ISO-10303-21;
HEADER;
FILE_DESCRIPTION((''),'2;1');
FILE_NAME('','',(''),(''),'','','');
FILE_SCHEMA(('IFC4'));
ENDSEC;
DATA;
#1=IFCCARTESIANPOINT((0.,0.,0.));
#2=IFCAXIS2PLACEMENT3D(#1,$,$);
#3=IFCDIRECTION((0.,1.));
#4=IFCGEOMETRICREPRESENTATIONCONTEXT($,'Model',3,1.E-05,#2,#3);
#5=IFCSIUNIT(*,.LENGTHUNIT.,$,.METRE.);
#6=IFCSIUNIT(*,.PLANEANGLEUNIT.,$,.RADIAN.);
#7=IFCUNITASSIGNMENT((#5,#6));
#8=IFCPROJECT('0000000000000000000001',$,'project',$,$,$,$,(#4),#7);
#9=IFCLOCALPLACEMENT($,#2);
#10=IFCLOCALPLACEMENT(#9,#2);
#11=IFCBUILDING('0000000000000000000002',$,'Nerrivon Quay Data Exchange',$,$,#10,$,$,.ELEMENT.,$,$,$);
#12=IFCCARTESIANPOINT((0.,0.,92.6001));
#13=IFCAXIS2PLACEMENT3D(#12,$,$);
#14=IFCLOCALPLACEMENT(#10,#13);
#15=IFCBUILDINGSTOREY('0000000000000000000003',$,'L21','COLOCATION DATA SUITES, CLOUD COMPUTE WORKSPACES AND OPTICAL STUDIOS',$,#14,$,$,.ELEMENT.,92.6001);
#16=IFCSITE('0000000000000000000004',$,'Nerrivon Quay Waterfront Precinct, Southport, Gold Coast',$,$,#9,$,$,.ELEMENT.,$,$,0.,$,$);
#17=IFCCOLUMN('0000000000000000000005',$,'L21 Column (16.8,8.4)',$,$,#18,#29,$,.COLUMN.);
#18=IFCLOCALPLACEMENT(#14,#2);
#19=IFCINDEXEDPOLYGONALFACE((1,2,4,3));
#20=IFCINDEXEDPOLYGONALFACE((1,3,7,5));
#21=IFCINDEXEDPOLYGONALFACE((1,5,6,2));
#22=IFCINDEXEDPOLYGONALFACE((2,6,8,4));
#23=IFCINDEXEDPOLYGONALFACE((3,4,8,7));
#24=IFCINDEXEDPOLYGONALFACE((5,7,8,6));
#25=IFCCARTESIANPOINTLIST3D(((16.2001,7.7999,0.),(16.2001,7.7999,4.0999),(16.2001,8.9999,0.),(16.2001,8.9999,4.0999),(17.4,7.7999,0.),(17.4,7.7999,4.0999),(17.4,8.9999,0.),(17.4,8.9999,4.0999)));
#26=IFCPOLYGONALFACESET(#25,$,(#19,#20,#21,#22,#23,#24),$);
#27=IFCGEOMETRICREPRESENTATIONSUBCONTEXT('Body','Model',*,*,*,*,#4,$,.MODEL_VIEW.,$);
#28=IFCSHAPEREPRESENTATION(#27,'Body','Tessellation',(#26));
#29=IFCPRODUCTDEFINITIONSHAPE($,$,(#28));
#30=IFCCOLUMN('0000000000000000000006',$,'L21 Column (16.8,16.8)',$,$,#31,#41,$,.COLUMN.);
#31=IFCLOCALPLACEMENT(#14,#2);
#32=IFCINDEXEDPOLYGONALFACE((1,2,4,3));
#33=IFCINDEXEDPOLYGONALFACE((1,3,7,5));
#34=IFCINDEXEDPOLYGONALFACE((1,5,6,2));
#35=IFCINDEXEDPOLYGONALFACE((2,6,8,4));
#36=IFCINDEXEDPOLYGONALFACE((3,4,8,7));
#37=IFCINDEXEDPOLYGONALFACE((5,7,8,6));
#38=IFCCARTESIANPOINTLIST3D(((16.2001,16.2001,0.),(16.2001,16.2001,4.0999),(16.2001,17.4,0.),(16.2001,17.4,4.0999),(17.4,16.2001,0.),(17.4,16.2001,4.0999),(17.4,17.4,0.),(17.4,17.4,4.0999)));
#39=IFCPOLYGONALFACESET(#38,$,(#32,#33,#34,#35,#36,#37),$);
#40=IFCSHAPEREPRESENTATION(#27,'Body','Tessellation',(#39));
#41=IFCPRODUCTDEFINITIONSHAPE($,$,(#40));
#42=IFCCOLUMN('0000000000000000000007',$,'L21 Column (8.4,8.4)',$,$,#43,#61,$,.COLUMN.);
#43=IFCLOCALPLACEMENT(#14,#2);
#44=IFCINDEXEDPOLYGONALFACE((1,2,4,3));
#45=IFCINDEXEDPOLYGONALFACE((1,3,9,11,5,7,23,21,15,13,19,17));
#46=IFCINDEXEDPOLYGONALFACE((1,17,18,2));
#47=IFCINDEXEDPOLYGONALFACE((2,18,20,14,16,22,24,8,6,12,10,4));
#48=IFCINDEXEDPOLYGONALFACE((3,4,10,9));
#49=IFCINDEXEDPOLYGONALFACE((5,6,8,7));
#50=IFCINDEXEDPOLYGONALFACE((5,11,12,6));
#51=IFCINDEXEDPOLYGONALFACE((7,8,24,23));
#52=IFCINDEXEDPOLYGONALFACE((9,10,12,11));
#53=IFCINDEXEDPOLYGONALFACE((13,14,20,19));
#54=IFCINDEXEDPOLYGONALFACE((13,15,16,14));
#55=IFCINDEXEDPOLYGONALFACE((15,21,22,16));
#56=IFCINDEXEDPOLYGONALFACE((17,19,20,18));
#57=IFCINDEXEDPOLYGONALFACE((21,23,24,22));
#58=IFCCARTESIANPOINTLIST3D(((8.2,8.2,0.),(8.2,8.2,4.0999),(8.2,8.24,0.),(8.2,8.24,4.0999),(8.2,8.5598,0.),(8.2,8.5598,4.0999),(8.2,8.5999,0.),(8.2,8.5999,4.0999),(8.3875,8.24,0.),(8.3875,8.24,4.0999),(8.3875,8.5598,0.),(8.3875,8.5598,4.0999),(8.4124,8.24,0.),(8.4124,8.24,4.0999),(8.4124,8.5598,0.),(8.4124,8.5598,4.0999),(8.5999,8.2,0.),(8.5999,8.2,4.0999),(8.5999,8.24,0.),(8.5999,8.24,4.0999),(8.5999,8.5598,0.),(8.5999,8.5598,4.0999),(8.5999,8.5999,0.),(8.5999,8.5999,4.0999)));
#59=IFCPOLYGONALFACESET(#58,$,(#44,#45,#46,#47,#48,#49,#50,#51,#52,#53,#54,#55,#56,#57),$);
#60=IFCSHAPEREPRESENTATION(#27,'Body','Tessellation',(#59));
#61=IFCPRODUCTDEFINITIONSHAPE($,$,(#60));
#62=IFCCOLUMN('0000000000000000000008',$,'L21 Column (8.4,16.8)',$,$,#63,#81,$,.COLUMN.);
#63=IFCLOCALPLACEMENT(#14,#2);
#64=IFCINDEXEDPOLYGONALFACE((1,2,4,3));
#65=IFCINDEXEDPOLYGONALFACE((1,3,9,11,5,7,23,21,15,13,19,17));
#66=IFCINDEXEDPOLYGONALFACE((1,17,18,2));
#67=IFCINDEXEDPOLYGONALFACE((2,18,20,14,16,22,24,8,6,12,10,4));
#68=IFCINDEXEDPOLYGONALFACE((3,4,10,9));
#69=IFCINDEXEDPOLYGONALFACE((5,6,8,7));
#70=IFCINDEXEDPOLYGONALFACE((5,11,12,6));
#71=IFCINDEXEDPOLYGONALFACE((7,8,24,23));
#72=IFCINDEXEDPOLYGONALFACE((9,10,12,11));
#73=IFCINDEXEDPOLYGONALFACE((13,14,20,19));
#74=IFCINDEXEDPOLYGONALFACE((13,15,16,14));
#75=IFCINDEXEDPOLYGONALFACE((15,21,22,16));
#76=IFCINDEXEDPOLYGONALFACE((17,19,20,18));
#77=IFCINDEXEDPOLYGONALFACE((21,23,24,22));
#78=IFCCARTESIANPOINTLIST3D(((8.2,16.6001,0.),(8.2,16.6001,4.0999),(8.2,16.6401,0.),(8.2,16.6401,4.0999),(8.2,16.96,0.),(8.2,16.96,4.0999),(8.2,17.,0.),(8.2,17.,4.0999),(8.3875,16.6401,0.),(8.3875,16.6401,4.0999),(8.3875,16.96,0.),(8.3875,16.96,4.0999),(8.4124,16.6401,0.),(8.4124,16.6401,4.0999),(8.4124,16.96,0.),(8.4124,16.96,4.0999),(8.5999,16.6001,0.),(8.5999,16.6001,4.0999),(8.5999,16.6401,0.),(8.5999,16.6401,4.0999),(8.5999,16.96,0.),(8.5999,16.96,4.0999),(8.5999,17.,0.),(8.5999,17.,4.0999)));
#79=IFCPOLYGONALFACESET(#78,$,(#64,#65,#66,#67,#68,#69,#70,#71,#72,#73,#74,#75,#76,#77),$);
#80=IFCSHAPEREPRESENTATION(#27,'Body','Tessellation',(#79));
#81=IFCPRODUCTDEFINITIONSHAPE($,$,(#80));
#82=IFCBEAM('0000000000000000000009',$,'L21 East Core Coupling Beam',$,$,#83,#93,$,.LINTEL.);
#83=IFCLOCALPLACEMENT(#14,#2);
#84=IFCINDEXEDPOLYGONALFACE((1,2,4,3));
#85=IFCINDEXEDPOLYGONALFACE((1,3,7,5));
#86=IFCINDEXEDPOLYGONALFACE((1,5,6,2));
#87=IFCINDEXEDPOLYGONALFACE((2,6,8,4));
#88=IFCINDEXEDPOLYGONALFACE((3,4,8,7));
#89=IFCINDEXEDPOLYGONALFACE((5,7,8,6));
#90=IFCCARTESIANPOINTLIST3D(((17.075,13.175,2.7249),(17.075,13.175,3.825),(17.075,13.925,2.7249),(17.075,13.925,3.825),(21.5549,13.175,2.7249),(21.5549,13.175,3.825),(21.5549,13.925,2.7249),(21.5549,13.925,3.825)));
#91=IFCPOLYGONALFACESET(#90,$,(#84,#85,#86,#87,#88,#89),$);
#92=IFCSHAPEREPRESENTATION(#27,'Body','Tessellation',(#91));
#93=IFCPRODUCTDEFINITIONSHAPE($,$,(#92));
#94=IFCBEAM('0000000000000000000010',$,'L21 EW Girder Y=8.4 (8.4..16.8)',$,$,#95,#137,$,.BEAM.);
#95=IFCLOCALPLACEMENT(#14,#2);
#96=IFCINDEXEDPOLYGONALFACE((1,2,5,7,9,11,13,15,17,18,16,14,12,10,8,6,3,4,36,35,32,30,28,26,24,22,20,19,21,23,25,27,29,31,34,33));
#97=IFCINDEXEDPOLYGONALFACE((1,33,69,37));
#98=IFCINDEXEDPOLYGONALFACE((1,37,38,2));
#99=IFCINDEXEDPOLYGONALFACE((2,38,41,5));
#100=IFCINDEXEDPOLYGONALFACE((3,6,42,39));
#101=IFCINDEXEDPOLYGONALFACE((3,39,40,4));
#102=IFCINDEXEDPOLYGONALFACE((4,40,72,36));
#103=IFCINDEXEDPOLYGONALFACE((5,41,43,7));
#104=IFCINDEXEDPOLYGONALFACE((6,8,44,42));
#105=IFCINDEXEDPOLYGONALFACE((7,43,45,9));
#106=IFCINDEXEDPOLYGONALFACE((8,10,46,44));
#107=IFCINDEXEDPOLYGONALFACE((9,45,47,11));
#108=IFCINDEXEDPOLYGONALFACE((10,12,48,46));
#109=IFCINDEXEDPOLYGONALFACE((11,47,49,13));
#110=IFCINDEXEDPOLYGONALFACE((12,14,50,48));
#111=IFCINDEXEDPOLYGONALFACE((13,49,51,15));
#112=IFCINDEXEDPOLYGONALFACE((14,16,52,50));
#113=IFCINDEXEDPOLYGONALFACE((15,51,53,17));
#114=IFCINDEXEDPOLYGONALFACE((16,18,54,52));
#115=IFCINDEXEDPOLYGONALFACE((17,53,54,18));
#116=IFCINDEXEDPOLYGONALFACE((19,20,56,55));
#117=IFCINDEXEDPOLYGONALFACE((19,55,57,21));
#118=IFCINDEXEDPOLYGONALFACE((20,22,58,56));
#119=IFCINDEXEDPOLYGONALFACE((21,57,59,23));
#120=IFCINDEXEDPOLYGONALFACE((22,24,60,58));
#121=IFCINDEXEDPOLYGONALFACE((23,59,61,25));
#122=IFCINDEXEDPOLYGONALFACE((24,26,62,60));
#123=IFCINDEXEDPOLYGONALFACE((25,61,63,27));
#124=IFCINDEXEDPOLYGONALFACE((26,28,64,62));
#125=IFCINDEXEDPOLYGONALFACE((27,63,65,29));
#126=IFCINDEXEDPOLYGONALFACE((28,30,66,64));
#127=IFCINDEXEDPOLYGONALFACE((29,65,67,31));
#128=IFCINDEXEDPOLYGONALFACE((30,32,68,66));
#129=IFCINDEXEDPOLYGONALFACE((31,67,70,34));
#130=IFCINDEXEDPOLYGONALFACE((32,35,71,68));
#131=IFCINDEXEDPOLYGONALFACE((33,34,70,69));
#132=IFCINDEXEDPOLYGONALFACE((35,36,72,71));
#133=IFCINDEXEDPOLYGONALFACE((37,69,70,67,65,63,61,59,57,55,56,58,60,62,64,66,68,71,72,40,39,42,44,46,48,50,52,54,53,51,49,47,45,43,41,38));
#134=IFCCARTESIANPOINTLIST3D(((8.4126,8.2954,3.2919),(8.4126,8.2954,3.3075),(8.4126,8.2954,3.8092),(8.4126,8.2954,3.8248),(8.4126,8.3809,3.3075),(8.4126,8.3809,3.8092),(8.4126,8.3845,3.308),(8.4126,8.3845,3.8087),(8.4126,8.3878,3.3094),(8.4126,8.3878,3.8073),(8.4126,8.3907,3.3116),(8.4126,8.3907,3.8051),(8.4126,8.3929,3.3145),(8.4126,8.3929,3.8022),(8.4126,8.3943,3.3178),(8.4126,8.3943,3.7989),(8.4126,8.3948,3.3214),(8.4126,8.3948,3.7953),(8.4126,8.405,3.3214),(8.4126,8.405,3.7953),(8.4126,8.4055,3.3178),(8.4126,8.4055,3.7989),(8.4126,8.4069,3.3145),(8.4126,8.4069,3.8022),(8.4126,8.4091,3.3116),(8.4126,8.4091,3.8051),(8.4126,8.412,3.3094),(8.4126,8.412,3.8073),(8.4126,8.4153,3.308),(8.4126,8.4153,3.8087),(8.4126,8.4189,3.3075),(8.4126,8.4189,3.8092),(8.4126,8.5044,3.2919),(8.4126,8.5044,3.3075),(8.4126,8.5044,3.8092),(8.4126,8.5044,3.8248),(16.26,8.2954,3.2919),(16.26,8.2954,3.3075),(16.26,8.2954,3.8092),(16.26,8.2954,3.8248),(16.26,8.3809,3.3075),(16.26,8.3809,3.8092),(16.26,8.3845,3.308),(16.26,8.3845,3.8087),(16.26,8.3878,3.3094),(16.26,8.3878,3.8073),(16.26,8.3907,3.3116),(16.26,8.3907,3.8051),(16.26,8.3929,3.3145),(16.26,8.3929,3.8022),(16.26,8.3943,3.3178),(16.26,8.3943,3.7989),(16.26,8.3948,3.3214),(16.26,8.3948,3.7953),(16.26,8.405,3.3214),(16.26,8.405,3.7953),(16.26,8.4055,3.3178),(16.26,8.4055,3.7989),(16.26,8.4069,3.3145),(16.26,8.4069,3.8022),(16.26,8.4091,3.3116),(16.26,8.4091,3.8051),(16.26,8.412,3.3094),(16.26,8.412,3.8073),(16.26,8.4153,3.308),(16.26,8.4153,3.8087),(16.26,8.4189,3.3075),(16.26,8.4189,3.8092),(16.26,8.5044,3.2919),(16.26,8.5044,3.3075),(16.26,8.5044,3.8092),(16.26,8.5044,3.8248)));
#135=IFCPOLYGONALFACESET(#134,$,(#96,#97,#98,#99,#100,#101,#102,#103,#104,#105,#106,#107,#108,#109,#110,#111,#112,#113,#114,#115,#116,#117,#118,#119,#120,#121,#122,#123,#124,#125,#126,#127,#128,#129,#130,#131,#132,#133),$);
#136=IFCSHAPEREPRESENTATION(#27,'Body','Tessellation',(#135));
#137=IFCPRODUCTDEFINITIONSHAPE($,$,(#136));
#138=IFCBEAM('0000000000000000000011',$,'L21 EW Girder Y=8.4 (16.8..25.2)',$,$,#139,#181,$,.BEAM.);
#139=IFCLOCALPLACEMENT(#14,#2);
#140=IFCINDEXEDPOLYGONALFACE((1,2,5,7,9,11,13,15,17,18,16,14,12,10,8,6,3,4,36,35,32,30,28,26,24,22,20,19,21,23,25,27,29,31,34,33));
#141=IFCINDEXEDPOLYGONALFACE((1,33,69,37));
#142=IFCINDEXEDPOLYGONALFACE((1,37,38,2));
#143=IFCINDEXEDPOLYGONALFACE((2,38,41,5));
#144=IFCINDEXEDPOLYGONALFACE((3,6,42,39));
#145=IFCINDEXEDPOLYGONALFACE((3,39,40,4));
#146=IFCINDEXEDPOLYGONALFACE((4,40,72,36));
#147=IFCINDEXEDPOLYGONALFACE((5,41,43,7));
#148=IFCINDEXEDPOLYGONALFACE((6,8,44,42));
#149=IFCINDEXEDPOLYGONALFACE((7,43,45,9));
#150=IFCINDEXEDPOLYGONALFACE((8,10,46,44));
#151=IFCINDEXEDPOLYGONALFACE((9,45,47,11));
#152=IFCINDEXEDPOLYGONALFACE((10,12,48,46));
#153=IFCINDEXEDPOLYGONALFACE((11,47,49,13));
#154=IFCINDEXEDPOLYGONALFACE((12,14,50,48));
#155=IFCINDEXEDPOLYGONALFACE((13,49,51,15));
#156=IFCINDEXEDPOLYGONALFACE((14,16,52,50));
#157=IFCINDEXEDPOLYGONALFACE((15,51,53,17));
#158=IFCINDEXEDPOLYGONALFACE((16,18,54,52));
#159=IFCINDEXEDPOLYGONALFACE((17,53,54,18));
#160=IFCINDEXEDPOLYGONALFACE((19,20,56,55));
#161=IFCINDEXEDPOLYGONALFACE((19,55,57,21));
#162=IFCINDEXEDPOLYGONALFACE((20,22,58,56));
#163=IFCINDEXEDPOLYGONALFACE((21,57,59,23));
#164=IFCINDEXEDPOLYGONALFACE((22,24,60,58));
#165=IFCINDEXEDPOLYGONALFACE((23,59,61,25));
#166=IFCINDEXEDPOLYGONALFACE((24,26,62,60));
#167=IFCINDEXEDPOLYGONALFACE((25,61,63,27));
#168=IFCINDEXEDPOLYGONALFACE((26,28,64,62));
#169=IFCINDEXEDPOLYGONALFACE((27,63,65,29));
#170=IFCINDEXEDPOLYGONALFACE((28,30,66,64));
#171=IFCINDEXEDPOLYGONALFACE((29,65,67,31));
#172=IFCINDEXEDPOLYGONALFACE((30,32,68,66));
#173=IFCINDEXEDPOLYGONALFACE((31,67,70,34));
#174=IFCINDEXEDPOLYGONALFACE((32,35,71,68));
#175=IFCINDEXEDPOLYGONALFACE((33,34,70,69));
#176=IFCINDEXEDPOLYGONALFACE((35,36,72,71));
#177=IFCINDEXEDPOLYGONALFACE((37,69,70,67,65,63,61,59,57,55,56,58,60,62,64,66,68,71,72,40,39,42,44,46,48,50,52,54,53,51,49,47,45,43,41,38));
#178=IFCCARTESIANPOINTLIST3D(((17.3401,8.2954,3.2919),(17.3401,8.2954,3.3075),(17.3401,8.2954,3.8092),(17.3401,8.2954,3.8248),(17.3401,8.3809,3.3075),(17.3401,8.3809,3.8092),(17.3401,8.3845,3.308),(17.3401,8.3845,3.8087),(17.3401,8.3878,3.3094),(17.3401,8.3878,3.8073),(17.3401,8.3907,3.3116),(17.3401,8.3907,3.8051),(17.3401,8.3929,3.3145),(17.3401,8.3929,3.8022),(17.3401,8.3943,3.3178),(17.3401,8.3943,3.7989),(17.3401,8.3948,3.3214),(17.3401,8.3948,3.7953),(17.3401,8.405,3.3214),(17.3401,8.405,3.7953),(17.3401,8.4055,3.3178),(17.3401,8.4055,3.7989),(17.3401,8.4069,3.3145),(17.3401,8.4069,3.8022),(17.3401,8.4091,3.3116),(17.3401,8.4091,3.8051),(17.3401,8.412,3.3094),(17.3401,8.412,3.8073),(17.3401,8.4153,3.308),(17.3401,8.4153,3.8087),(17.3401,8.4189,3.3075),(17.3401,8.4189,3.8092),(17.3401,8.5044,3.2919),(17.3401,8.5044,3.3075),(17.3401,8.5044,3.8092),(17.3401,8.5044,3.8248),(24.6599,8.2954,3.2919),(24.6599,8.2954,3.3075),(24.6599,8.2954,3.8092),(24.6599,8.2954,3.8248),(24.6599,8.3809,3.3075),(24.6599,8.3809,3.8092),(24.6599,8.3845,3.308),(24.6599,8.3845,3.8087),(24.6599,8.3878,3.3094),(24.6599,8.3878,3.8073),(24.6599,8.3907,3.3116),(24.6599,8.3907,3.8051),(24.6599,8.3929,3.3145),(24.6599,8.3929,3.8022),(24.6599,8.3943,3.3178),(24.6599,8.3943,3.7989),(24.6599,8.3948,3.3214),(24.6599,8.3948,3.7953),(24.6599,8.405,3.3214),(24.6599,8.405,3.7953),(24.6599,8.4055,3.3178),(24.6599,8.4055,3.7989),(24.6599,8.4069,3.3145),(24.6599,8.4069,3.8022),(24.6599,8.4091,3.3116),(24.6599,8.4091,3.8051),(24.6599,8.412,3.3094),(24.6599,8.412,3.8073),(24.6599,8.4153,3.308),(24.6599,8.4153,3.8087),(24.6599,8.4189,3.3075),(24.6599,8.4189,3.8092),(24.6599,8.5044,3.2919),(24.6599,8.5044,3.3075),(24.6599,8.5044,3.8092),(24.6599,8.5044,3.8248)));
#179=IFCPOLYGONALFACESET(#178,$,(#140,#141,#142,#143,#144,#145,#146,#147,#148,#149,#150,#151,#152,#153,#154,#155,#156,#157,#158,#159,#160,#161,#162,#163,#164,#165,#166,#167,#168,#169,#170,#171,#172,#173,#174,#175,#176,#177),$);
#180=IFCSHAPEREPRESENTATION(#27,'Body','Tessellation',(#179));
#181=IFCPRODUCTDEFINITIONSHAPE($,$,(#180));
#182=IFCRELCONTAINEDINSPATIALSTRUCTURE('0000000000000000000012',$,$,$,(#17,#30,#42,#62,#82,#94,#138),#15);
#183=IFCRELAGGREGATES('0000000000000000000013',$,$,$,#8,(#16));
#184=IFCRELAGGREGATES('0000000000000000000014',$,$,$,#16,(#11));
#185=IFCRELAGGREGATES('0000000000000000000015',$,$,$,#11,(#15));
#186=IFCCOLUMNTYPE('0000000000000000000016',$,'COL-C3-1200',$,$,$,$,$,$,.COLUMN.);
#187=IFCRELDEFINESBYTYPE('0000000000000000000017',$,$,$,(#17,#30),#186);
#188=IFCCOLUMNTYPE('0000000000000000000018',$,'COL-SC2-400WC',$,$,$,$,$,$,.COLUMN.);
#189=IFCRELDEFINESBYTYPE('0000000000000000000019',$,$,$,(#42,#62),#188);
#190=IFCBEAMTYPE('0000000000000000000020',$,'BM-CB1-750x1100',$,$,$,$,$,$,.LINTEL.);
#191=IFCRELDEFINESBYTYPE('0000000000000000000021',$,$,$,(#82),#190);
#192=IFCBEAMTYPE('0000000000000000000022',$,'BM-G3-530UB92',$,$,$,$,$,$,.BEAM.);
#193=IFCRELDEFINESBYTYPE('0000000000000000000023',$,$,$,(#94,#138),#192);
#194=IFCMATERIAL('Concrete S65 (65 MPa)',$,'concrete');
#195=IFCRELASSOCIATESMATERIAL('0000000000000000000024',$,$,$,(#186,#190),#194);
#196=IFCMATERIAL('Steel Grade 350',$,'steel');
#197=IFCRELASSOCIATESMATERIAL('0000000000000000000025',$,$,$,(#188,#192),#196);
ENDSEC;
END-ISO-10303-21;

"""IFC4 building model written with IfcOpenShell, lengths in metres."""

from ifc_helpers import new_model, si_unit, direction, frame, origin, origin_2d, place, context, subcontext, project, spatial, rectangle, i_section, extrude, material, material_profile, profile_set, type_object, element, save


model = new_model("IFC4")

# Units and contexts
model_context = context("Model", 3, precision=1e-05, world=origin(), true_north=direction((0.0, 1.0)))
body_context = subcontext(model_context, "Body", "Model", "MODEL_VIEW")
ifc_project = project(units=[si_unit("LENGTHUNIT", "METRE"), si_unit("PLANEANGLEUNIT", "RADIAN")], contexts=[model_context])

# Site, building, storey
site_placement = place(None, origin())
site = spatial("IfcSite", under=ifc_project, at=site_placement, Name="Nerrivon Quay Waterfront Precinct, Southport, Gold Coast", CompositionType="ELEMENT", RefElevation=0.0)
building_placement = place(site_placement, origin())
building = spatial("IfcBuilding", under=site, at=building_placement, Name="Nerrivon Quay Data Exchange", CompositionType="ELEMENT")
storey_placement = place(building_placement, frame((0.0, 0.0, 92.6001)))
storey = spatial("IfcBuildingStorey", under=building, at=storey_placement, Name="L21", Description="COLOCATION DATA SUITES, CLOUD COMPUTE WORKSPACES AND OPTICAL STUDIOS", CompositionType="ELEMENT", Elevation=92.6001)

# Columns
ifc_material_1 = material(Name="Concrete S65 (65 MPa)", Category="concrete")
ifc_material_profile_1 = material_profile(ifc_material_1, rectangle(XDim=1.2, YDim=1.2, at=origin_2d()), Name="RC-COL-1200x1200")
ifc_profile_set_1 = profile_set([ifc_material_profile_1], Name="Concrete S65 (65 MPa)")
column_type_1 = type_object("IfcColumnType", Name="COL-C3-1200", PredefinedType="COLUMN", material=ifc_profile_set_1)
for number, where, z_axis, x_axis, name in (
    (1, (16.8, 8.3999, 0.0), (0.0, 0.0, 1.0), (1.0, 0.0, 0.0), "L21 Column (16.8,8.4)"),
    (2, (16.8, 16.8, 0.0), (0.0, 0.0, 1.0), (1.0, 0.0, 0.0), "L21 Column (16.8,16.8)"),
):
    element("IfcColumn", number, at=place(storey_placement, frame(where, z_axis=z_axis, x_axis=x_axis)), inside=storey, type_object=column_type_1, Name=name, PredefinedType="COLUMN", context=body_context, shape_type="SweptSolid", body=[
        extrude(rectangle(XDim=1.2, YDim=1.2, at=origin_2d()), origin(), (0.0, 0.0, 1.0), 4.0999),
    ])
ifc_material_2 = material(Name="Steel Grade 350", Category="steel")
ifc_material_profile_2 = material_profile(ifc_material_2, i_section(OverallWidth=0.3999, OverallDepth=0.3999, WebThickness=0.0249, FlangeThickness=0.04, at=origin_2d()), Name="400WC328")
ifc_profile_set_2 = profile_set([ifc_material_profile_2], Name="Steel Grade 350")
column_type_2 = type_object("IfcColumnType", Name="COL-SC2-400WC", PredefinedType="COLUMN", material=ifc_profile_set_2)
for number, where, z_axis, x_axis, name in (
    (3, (8.3999, 8.3999, 0.0), (0.0, 0.0, 1.0), (1.0, 0.0, 0.0), "L21 Column (8.4,8.4)"),
    (4, (8.3999, 16.8, 0.0), (0.0, 0.0, 1.0), (1.0, 0.0, 0.0), "L21 Column (8.4,16.8)"),
):
    element("IfcColumn", number, at=place(storey_placement, frame(where, z_axis=z_axis, x_axis=x_axis)), inside=storey, type_object=column_type_2, Name=name, PredefinedType="COLUMN", context=body_context, shape_type="SweptSolid", body=[
        extrude(i_section(OverallWidth=0.3999, OverallDepth=0.3999, WebThickness=0.0249, FlangeThickness=0.04, at=origin_2d()), origin(), (0.0, 0.0, 1.0), 4.0999),
    ])

# Beams
ifc_material_profile_3 = material_profile(ifc_material_1, rectangle(XDim=0.75, YDim=1.1001, at=origin_2d()), Name="RC-CB-750x1100")
ifc_profile_set_3 = profile_set([ifc_material_profile_3], Name="Concrete S65 (65 MPa)")
beam_type_1 = type_object("IfcBeamType", Name="BM-CB1-750x1100", PredefinedType="LINTEL", material=ifc_profile_set_3)
beam_1_placement = place(storey_placement, frame((17.075, 13.55, 3.2749), z_axis=(1.0, 0.0, 0.0), x_axis=(0.0, 1.0, 0.0)))
element("IfcBeam", 5, at=beam_1_placement, inside=storey, type_object=beam_type_1, Name="L21 East Core Coupling Beam", PredefinedType="LINTEL", context=body_context, shape_type="SweptSolid", body=[
    extrude(rectangle(XDim=0.75, YDim=1.1001, at=origin_2d()), origin(), (0.0, 0.0, 1.0), 4.48),
])
ifc_material_profile_4 = material_profile(ifc_material_2, i_section(OverallWidth=0.209, OverallDepth=0.533, WebThickness=0.0103, FlangeThickness=0.0156, FilletRadius=0.0139, at=origin_2d()), Name="530UB92.4")
ifc_profile_set_4 = profile_set([ifc_material_profile_4], Name="Steel Grade 350")
beam_type_2 = type_object("IfcBeamType", Name="BM-G3-530UB92", PredefinedType="BEAM", material=ifc_profile_set_4)
beam_2_placement = place(storey_placement, frame((8.4126, 8.3999, 3.5583), z_axis=(1.0, 0.0, 0.0), x_axis=(0.0, 1.0, 0.0)))
element("IfcBeam", 6, at=beam_2_placement, inside=storey, type_object=beam_type_2, Name="L21 EW Girder Y=8.4 (8.4..16.8)", PredefinedType="BEAM", context=body_context, shape_type="SweptSolid", body=[
    extrude(i_section(OverallWidth=0.209, OverallDepth=0.533, WebThickness=0.0103, FlangeThickness=0.0156, FilletRadius=0.0139, at=origin_2d()), origin(), (0.0, 0.0, 1.0), 7.8474),
])
beam_3_placement = place(storey_placement, frame((17.3401, 8.3999, 3.5583), z_axis=(1.0, 0.0, 0.0), x_axis=(0.0, 1.0, 0.0)))
element("IfcBeam", 7, at=beam_3_placement, inside=storey, type_object=beam_type_2, Name="L21 EW Girder Y=8.4 (16.8..25.2)", PredefinedType="BEAM", context=body_context, shape_type="SweptSolid", body=[
    extrude(i_section(OverallWidth=0.209, OverallDepth=0.533, WebThickness=0.0103, FlangeThickness=0.0156, FilletRadius=0.0139, at=origin_2d()), origin(), (0.0, 0.0, 1.0), 7.3198),
])

save(model, "model.ifc")
